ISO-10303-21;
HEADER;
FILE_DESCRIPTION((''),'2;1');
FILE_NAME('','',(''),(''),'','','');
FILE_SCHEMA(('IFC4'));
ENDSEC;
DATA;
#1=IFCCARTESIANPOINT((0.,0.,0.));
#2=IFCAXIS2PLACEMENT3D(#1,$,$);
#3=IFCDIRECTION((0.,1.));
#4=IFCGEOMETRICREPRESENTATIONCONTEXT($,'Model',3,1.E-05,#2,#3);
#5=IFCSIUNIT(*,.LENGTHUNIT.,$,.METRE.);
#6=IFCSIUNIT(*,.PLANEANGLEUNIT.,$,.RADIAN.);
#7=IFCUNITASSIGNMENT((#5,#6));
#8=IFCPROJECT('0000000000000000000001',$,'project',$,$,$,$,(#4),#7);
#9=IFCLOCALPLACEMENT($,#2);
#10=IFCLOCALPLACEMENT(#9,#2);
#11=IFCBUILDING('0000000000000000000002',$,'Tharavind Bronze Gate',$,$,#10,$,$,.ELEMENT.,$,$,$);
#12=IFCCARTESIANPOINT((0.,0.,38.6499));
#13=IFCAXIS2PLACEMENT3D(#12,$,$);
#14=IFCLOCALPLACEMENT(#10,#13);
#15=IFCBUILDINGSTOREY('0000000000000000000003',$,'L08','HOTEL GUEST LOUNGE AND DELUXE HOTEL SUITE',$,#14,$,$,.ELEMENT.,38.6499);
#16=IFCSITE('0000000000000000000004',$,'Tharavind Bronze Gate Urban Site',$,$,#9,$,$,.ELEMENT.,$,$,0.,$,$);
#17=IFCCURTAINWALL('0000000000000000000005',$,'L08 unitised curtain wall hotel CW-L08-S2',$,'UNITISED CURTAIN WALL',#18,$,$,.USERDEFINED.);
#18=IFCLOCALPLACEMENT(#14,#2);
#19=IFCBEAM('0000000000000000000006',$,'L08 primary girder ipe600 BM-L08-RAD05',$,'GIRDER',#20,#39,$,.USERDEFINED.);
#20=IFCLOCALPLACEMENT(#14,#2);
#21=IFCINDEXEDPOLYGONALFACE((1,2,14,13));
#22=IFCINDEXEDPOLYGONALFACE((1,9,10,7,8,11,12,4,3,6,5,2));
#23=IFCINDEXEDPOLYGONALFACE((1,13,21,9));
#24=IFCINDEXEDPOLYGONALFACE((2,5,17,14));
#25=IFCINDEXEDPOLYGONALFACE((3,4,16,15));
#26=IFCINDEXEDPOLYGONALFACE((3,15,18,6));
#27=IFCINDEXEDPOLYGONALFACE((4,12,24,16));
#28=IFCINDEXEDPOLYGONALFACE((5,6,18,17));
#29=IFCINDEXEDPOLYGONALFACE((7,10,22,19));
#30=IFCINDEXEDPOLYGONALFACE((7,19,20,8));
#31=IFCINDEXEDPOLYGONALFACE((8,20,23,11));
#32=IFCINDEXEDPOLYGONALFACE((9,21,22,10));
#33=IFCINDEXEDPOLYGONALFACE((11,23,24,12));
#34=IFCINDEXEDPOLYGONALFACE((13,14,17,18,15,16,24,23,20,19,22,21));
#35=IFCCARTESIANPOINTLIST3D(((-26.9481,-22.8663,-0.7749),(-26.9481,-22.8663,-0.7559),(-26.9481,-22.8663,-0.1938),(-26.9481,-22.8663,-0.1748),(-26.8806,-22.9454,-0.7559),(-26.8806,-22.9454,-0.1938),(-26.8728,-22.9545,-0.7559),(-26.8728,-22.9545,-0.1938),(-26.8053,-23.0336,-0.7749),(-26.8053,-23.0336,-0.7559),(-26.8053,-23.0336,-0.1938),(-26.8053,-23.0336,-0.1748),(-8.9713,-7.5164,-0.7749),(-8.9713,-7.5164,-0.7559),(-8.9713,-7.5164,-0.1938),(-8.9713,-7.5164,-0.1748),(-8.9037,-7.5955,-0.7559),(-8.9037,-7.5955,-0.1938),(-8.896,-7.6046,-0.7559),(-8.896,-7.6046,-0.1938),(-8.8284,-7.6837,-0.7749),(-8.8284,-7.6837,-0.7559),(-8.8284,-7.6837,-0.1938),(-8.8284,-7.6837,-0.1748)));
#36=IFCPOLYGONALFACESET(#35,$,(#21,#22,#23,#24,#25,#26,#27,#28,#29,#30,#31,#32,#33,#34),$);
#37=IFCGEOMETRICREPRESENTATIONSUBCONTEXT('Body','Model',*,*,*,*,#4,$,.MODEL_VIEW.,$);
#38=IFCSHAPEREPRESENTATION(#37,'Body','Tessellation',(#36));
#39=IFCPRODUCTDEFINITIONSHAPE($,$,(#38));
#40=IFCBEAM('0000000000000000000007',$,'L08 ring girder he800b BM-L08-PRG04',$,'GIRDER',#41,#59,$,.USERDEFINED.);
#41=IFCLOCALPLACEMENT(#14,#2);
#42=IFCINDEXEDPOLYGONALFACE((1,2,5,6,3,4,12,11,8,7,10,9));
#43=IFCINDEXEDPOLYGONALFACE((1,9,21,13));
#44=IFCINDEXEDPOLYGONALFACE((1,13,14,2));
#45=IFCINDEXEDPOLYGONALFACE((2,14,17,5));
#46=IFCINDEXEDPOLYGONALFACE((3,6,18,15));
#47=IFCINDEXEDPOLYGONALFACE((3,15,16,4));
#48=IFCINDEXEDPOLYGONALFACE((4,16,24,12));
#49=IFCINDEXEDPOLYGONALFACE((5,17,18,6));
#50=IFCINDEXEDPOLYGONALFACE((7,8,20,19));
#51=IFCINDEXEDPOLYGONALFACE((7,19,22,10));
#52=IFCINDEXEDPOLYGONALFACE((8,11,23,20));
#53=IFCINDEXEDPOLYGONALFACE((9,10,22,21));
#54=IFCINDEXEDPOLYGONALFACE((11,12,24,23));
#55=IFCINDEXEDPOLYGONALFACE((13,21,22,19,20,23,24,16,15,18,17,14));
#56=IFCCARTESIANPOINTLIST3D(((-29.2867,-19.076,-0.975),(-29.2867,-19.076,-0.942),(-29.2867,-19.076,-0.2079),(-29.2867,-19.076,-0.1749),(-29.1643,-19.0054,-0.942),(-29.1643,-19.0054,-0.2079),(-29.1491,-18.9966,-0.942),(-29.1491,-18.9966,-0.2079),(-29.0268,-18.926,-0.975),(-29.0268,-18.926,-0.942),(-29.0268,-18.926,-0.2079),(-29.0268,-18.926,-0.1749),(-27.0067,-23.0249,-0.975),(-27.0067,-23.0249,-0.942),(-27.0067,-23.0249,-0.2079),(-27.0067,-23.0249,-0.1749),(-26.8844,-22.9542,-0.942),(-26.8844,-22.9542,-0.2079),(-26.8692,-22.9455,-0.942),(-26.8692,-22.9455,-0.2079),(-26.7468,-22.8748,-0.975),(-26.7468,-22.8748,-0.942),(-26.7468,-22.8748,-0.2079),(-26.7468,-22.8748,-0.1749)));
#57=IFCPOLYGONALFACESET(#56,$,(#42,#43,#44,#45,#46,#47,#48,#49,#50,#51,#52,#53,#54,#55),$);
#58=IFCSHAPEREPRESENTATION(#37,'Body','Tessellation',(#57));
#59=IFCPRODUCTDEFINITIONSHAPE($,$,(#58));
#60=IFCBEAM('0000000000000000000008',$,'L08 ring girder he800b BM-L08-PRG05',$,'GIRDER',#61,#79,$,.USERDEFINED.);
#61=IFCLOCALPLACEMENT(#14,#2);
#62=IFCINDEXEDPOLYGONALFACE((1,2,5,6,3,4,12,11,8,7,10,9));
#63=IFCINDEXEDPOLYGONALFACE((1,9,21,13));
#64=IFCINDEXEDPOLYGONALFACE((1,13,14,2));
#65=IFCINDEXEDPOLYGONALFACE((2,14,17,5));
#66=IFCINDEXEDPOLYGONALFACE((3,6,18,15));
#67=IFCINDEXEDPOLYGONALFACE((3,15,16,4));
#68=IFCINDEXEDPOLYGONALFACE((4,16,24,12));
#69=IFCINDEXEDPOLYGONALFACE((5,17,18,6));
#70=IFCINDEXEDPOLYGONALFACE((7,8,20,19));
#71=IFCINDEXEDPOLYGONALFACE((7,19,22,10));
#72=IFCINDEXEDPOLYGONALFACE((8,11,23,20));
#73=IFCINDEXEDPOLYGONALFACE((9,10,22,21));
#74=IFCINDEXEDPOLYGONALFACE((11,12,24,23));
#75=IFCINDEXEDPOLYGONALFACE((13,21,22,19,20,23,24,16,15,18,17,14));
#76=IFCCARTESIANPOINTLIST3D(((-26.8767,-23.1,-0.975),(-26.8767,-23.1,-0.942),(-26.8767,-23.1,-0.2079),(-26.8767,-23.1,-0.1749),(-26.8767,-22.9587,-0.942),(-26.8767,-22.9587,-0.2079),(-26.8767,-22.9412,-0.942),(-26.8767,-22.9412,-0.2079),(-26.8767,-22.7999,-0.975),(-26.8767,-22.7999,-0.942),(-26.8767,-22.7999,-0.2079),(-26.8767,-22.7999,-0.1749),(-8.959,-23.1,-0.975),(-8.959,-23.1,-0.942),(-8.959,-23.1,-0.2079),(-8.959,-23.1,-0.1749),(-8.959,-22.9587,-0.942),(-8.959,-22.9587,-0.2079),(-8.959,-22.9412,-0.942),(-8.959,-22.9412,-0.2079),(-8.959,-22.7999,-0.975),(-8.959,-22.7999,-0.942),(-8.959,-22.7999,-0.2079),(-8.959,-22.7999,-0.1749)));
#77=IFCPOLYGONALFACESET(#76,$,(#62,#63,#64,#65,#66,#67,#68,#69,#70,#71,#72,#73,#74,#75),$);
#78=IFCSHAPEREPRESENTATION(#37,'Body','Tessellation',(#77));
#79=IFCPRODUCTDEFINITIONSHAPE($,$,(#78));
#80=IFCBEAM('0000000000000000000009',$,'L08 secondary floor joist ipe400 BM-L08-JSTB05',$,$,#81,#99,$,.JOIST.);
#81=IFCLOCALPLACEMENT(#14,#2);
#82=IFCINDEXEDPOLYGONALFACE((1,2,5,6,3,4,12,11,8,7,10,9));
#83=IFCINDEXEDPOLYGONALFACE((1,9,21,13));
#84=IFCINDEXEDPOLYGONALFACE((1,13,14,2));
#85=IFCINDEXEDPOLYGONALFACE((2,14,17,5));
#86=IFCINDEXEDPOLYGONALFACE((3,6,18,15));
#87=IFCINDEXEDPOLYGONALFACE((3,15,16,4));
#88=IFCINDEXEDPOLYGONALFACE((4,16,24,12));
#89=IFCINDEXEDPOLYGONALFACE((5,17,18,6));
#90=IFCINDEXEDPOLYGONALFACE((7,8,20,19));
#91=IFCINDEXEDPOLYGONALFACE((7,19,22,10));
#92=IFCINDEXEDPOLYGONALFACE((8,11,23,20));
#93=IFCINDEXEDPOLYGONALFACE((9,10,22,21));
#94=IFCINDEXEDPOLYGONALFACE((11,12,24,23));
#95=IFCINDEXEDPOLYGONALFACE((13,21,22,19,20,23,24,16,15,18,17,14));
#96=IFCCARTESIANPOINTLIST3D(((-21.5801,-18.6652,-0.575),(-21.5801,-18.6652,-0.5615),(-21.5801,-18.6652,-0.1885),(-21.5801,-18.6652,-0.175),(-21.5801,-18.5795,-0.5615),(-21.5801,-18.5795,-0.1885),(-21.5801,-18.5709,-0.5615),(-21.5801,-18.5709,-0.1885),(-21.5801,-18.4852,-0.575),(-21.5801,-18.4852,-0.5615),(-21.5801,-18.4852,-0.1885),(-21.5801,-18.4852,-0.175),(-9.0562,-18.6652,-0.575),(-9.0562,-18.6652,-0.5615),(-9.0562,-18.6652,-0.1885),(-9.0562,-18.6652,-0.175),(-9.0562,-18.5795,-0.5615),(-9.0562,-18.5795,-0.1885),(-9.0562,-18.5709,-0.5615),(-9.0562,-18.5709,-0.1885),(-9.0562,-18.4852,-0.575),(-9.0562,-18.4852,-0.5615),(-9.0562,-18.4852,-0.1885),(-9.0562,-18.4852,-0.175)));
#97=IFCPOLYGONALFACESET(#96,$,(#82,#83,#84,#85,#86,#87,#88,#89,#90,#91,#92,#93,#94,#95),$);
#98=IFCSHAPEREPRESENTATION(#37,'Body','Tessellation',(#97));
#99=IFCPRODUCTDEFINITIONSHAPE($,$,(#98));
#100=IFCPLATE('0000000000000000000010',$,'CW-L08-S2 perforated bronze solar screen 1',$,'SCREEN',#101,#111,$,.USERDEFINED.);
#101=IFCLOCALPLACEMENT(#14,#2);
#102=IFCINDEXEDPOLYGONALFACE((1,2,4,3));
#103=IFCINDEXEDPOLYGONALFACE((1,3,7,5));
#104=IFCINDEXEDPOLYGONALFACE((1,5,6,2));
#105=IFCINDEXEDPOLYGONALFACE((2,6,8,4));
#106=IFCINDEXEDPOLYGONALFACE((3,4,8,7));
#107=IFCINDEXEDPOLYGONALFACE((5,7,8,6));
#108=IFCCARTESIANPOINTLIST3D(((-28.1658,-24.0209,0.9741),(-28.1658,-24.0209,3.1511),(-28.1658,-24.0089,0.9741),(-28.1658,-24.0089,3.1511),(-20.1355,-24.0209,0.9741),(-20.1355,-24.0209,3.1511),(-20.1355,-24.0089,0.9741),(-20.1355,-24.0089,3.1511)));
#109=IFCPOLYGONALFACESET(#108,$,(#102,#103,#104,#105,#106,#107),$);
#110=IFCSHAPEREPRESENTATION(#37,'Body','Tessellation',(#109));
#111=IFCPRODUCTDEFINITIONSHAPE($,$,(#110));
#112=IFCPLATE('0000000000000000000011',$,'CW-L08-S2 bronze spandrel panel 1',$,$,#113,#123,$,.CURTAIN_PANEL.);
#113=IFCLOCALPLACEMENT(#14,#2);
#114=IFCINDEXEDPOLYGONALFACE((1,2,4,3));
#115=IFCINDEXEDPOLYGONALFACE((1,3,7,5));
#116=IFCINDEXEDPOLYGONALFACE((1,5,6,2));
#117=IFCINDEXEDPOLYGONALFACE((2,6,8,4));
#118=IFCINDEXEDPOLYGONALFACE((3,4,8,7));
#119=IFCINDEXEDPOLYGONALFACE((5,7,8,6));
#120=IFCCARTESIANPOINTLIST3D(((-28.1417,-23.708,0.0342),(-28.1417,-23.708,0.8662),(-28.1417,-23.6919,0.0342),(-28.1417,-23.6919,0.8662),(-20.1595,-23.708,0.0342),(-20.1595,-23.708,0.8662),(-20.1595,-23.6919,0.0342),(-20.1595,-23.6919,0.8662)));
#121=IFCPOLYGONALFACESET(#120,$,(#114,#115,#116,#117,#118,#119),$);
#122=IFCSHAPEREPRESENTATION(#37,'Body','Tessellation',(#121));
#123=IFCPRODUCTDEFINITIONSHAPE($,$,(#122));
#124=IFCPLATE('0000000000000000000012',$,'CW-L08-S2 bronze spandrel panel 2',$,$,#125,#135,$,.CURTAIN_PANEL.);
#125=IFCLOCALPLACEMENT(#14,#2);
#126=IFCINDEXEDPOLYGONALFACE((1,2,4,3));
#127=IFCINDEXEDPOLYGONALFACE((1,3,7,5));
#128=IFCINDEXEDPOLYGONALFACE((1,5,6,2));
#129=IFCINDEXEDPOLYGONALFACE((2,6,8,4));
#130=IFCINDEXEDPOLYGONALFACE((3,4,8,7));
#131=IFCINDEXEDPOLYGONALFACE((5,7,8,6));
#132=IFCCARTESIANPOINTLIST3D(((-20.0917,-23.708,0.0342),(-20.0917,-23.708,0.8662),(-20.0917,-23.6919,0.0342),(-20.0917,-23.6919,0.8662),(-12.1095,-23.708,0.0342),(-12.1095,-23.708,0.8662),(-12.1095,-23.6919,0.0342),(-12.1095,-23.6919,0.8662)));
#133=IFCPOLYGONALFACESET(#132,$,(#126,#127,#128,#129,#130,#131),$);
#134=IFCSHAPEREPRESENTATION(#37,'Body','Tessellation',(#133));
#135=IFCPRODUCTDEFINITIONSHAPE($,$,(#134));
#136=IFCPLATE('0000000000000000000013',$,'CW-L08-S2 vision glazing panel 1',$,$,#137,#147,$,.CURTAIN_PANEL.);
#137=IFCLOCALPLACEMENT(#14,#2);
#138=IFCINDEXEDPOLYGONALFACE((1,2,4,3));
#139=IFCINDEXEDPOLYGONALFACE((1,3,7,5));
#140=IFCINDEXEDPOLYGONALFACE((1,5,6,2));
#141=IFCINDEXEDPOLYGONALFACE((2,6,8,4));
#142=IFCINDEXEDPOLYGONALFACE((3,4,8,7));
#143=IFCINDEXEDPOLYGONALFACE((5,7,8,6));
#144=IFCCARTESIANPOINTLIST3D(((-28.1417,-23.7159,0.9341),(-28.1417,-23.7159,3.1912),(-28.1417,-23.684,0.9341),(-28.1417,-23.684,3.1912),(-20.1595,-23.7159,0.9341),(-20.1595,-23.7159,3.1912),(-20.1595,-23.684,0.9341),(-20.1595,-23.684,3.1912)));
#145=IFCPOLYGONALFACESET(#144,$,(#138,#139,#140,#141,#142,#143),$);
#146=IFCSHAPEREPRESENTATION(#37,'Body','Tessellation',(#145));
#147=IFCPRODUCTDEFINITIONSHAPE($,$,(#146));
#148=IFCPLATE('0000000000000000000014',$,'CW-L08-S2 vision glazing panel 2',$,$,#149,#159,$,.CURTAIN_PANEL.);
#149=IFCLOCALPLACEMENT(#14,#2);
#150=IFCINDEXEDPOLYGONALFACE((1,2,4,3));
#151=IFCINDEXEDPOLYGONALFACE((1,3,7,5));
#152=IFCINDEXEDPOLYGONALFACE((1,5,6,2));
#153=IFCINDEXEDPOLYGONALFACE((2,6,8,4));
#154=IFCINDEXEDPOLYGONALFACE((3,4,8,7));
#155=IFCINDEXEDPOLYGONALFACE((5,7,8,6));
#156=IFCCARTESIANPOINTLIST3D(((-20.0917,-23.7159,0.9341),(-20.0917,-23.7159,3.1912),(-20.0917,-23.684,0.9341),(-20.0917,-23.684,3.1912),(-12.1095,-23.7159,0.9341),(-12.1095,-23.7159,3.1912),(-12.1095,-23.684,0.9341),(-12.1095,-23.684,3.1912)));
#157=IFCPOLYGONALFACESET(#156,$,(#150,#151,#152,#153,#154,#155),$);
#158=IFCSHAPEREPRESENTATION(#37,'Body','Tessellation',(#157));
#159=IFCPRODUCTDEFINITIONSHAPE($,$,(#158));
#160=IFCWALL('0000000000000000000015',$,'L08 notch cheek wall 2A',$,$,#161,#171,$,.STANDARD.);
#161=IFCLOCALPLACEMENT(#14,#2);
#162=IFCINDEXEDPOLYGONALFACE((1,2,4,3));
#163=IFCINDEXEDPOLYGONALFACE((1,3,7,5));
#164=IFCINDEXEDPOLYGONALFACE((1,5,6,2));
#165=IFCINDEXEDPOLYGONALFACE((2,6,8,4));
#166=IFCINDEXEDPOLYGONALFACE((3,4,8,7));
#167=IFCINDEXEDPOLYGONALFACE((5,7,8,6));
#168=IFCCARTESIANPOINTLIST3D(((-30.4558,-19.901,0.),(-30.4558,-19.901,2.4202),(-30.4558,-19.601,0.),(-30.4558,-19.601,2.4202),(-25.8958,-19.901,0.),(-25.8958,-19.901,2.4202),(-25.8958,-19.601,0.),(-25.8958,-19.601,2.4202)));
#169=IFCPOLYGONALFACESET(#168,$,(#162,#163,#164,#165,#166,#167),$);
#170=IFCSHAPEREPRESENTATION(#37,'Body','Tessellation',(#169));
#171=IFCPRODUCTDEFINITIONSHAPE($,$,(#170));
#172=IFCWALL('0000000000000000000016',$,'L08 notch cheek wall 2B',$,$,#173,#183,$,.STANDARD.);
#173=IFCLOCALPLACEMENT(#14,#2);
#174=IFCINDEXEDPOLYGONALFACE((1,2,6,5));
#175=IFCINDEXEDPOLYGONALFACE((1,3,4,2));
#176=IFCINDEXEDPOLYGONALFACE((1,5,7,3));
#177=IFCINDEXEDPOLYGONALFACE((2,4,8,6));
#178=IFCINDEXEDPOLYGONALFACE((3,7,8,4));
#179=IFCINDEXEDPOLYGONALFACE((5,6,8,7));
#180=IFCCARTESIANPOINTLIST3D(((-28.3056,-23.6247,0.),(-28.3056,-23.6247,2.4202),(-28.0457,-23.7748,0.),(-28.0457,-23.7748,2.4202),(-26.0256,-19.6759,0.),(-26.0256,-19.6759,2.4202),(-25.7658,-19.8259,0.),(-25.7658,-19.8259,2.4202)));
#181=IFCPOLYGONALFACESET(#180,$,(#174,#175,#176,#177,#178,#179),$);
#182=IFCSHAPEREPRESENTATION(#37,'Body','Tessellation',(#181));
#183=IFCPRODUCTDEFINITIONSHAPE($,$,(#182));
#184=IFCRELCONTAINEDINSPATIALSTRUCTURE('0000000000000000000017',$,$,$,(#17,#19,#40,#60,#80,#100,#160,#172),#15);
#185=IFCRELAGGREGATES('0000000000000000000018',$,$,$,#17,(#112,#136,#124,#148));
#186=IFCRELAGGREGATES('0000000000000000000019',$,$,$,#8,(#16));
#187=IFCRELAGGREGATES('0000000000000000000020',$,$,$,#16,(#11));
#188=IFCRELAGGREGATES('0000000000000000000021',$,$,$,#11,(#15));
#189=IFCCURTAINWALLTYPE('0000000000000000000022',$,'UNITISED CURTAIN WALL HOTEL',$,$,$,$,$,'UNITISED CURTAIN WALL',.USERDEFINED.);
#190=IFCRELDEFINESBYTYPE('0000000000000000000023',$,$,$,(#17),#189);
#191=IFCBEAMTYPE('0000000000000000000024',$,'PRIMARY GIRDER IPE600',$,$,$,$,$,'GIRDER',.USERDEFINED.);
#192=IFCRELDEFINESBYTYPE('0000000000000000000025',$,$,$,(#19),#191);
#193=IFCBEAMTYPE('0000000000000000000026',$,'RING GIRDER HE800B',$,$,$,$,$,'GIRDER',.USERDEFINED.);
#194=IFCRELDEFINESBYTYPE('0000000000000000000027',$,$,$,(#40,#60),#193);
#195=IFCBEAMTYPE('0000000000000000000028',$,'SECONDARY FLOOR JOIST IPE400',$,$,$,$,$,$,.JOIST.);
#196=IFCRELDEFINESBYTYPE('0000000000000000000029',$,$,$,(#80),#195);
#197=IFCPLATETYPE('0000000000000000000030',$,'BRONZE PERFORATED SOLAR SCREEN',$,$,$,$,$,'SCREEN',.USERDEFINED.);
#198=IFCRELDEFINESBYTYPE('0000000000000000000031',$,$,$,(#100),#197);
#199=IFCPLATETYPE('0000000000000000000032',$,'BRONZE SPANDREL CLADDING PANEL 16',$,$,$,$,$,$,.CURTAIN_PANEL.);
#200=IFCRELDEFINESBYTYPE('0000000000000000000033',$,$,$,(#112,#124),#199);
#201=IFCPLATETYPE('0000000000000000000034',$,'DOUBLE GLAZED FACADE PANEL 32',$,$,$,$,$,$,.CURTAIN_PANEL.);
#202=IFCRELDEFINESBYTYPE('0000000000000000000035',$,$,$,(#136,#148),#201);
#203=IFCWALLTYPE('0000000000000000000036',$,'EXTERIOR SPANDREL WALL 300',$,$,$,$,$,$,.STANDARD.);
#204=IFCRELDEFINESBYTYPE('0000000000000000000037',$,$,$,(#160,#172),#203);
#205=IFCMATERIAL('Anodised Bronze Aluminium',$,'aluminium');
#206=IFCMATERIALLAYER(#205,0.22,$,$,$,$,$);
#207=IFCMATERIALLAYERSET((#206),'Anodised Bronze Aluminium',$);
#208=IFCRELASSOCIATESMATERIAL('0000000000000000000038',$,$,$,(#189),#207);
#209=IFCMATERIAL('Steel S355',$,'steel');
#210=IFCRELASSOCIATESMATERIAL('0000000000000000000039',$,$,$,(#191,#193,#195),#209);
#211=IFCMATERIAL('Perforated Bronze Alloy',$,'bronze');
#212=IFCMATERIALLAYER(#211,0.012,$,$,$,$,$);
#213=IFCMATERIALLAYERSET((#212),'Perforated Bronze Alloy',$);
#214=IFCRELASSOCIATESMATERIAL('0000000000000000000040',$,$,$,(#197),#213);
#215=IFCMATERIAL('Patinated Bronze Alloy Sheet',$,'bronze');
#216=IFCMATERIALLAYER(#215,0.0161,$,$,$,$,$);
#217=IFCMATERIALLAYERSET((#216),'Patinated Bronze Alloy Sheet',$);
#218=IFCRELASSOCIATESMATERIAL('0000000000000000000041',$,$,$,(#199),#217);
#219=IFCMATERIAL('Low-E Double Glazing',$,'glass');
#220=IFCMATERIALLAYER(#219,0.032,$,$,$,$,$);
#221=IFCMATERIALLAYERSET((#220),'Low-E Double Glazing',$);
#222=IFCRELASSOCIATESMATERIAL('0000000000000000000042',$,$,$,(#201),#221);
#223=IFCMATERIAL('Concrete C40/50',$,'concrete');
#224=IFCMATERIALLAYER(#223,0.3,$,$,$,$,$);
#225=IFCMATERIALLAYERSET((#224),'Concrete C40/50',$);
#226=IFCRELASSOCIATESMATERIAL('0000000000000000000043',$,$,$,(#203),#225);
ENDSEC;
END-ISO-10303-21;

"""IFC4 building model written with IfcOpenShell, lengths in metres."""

from ifc_helpers import new_model, si_unit, direction, frame, frame_2d, origin, origin_2d, place, context, subcontext, project, spatial, rectangle, i_section, extrude, material, layer, layer_set, material_profile, profile_set, type_object, element, aggregate, save


model = new_model("IFC4")

# Units and contexts
model_context = context("Model", 3, precision=1e-05, world=origin(), true_north=direction((0.0, 1.0)))
body_context = subcontext(model_context, "Body", "Model", "MODEL_VIEW")
ifc_project = project(units=[si_unit("LENGTHUNIT", "METRE"), si_unit("PLANEANGLEUNIT", "RADIAN")], contexts=[model_context])

# Site, building, storey
site_placement = place(None, origin())
site = spatial("IfcSite", under=ifc_project, at=site_placement, Name="Tharavind Bronze Gate Urban Site", CompositionType="ELEMENT", RefElevation=0.0)
building_placement = place(site_placement, origin())
building = spatial("IfcBuilding", under=site, at=building_placement, Name="Tharavind Bronze Gate", CompositionType="ELEMENT")
storey_placement = place(building_placement, frame((0.0, 0.0, 38.6499)))
storey = spatial("IfcBuildingStorey", under=building, at=storey_placement, Name="L08", Description="HOTEL GUEST LOUNGE AND DELUXE HOTEL SUITE", CompositionType="ELEMENT", Elevation=38.6499)

# Shared definitions
ifc_material_1 = material(Name="Anodised Bronze Aluminium", Category="aluminium")
ifc_layer_1 = layer(ifc_material_1, 0.22)
ifc_layer_set_1 = layer_set([ifc_layer_1], Name="Anodised Bronze Aluminium")
curtain_wall_type = type_object("IfcCurtainWallType", Name="UNITISED CURTAIN WALL HOTEL", ElementType="UNITISED CURTAIN WALL", PredefinedType="USERDEFINED", material=ifc_layer_set_1)

# Curtain wall
curtain_wall_1_placement = place(storey_placement, origin())
curtain_wall_1 = element("IfcCurtainWall", 1, at=curtain_wall_1_placement, inside=storey, type_object=curtain_wall_type, Name="L08 unitised curtain wall hotel CW-L08-S2", ObjectType="UNITISED CURTAIN WALL", PredefinedType="USERDEFINED")

# Beams
ifc_material_2 = material(Name="Steel S355", Category="steel")
ifc_material_profile_1 = material_profile(ifc_material_2, i_section(OverallWidth=0.22, OverallDepth=0.6001, WebThickness=0.012, FlangeThickness=0.019, at=origin_2d()), Name="IPE600")
ifc_profile_set_1 = profile_set([ifc_material_profile_1], Name="Steel S355")
beam_type_1 = type_object("IfcBeamType", Name="PRIMARY GIRDER IPE600", ElementType="GIRDER", PredefinedType="USERDEFINED", material=ifc_profile_set_1)
beam_1_placement = place(storey_placement, frame((-26.8767, -22.95, -0.4749), z_axis=(0.760485, 0.649355, 0.0), x_axis=(-0.649355, 0.760485, 0.0)))
element("IfcBeam", 2, at=beam_1_placement, inside=storey, type_object=beam_type_1, Name="L08 primary girder ipe600 BM-L08-RAD05", ObjectType="GIRDER", PredefinedType="USERDEFINED", context=body_context, shape_type="SweptSolid", body=[
    extrude(i_section(OverallWidth=0.22, OverallDepth=0.6001, WebThickness=0.012, FlangeThickness=0.019, at=origin_2d()), origin(), (0.0, 0.0, 1.0), 23.6387),
])
ifc_material_profile_2 = material_profile(ifc_material_2, i_section(OverallWidth=0.3, OverallDepth=0.8, WebThickness=0.0176, FlangeThickness=0.033, at=origin_2d()), Name="HE800B")
ifc_profile_set_2 = profile_set([ifc_material_profile_2], Name="Steel S355")
beam_type_2 = type_object("IfcBeamType", Name="RING GIRDER HE800B", ElementType="GIRDER", PredefinedType="USERDEFINED", material=ifc_profile_set_2)
beam_2_placement = place(storey_placement, frame((-29.1567, -19.001, -0.575), z_axis=(0.500014, -0.866017, 0.0), x_axis=(0.866017, 0.500014, 0.0)))
element("IfcBeam", 3, at=beam_2_placement, inside=storey, type_object=beam_type_2, Name="L08 ring girder he800b BM-L08-PRG04", ObjectType="GIRDER", PredefinedType="USERDEFINED", context=body_context, shape_type="SweptSolid", body=[
    extrude(i_section(OverallWidth=0.3, OverallDepth=0.8, WebThickness=0.0176, FlangeThickness=0.033, at=origin_2d()), origin(), (0.0, 0.0, 1.0), 4.5598),
])
beam_3_placement = place(storey_placement, frame((-26.8767, -22.95, -0.575), z_axis=(1.0, 0.0, 0.0), x_axis=(0.0, 1.0, 0.0)))
element("IfcBeam", 4, at=beam_3_placement, inside=storey, type_object=beam_type_2, Name="L08 ring girder he800b BM-L08-PRG05", ObjectType="GIRDER", PredefinedType="USERDEFINED", context=body_context, shape_type="SweptSolid", body=[
    extrude(i_section(OverallWidth=0.3, OverallDepth=0.8, WebThickness=0.0176, FlangeThickness=0.033, at=origin_2d()), origin(), (0.0, 0.0, 1.0), 17.9177),
])
ifc_material_profile_3 = material_profile(ifc_material_2, i_section(OverallWidth=0.1799, OverallDepth=0.3999, WebThickness=0.0085, FlangeThickness=0.0134, at=origin_2d()), Name="IPE400")
ifc_profile_set_3 = profile_set([ifc_material_profile_3], Name="Steel S355")
beam_type_3 = type_object("IfcBeamType", Name="SECONDARY FLOOR JOIST IPE400", PredefinedType="JOIST", material=ifc_profile_set_3)
beam_4_placement = place(storey_placement, frame((-21.5801, -18.5752, -0.375), z_axis=(1.0, 0.0, 0.0), x_axis=(0.0, 1.0, 0.0)))
element("IfcBeam", 5, at=beam_4_placement, inside=storey, type_object=beam_type_3, Name="L08 secondary floor joist ipe400 BM-L08-JSTB05", PredefinedType="JOIST", context=body_context, shape_type="SweptSolid", body=[
    extrude(i_section(OverallWidth=0.1799, OverallDepth=0.3999, WebThickness=0.0085, FlangeThickness=0.0134, at=origin_2d()), origin(), (0.0, 0.0, 1.0), 12.5239),
])

# Plates
ifc_material_3 = material(Name="Perforated Bronze Alloy", Category="bronze")
ifc_layer_2 = layer(ifc_material_3, 0.012)
ifc_layer_set_2 = layer_set([ifc_layer_2], Name="Perforated Bronze Alloy")
plate_type_1 = type_object("IfcPlateType", Name="BRONZE PERFORATED SOLAR SCREEN", ElementType="SCREEN", PredefinedType="USERDEFINED", material=ifc_layer_set_2)
plate_1_placement = place(storey_placement, frame((-24.1506, -24.0149, 0.9741), z_axis=(0.0, 0.0, 1.0), x_axis=(1.0, 0.0, 0.0)))
element("IfcPlate", 6, at=plate_1_placement, inside=storey, type_object=plate_type_1, Name="CW-L08-S2 perforated bronze solar screen 1", ObjectType="SCREEN", PredefinedType="USERDEFINED", context=body_context, shape_type="SweptSolid", body=[
    extrude(rectangle(XDim=8.0303, YDim=0.012, at=origin_2d()), origin(), (0.0, 0.0, 1.0), 2.177),
])
ifc_material_4 = material(Name="Patinated Bronze Alloy Sheet", Category="bronze")
ifc_layer_3 = layer(ifc_material_4, 0.0161)
ifc_layer_set_3 = layer_set([ifc_layer_3], Name="Patinated Bronze Alloy Sheet")
plate_type_2 = type_object("IfcPlateType", Name="BRONZE SPANDREL CLADDING PANEL 16", PredefinedType="CURTAIN_PANEL", material=ifc_layer_set_3)
plate_2_placement = place(storey_placement, frame((-24.1506, -23.7, 0.0342), z_axis=(0.0, 0.0, 1.0), x_axis=(1.0, 0.0, 0.0)))
plate_2 = element("IfcPlate", 7, at=plate_2_placement, type_object=plate_type_2, Name="CW-L08-S2 bronze spandrel panel 1", PredefinedType="CURTAIN_PANEL", context=body_context, shape_type="SweptSolid", body=[
    extrude(rectangle(XDim=7.9822, YDim=0.0161, at=origin_2d()), origin(), (0.0, 0.0, 1.0), 0.832),
])
plate_3_placement = place(storey_placement, frame((-16.1006, -23.7, 0.0342), z_axis=(0.0, 0.0, 1.0), x_axis=(1.0, 0.0, 0.0)))
plate_3 = element("IfcPlate", 8, at=plate_3_placement, type_object=plate_type_2, Name="CW-L08-S2 bronze spandrel panel 2", PredefinedType="CURTAIN_PANEL", context=body_context, shape_type="SweptSolid", body=[
    extrude(rectangle(XDim=7.9822, YDim=0.0161, at=origin_2d()), origin(), (0.0, 0.0, 1.0), 0.832),
])
ifc_material_5 = material(Name="Low-E Double Glazing", Category="glass")
ifc_layer_4 = layer(ifc_material_5, 0.032)
ifc_layer_set_4 = layer_set([ifc_layer_4], Name="Low-E Double Glazing")
plate_type_3 = type_object("IfcPlateType", Name="DOUBLE GLAZED FACADE PANEL 32", PredefinedType="CURTAIN_PANEL", material=ifc_layer_set_4)
plate_4_placement = place(storey_placement, frame((-24.1506, -23.7, 0.9341), z_axis=(0.0, 0.0, 1.0), x_axis=(1.0, 0.0, 0.0)))
plate_4 = element("IfcPlate", 9, at=plate_4_placement, type_object=plate_type_3, Name="CW-L08-S2 vision glazing panel 1", PredefinedType="CURTAIN_PANEL", context=body_context, shape_type="SweptSolid", body=[
    extrude(rectangle(XDim=7.9822, YDim=0.032, at=origin_2d()), origin(), (0.0, 0.0, 1.0), 2.2571),
])
plate_5_placement = place(storey_placement, frame((-16.1006, -23.7, 0.9341), z_axis=(0.0, 0.0, 1.0), x_axis=(1.0, 0.0, 0.0)))
plate_5 = element("IfcPlate", 10, at=plate_5_placement, type_object=plate_type_3, Name="CW-L08-S2 vision glazing panel 2", PredefinedType="CURTAIN_PANEL", context=body_context, shape_type="SweptSolid", body=[
    extrude(rectangle(XDim=7.9822, YDim=0.032, at=origin_2d()), origin(), (0.0, 0.0, 1.0), 2.2571),
])
aggregate(curtain_wall_1, [plate_2, plate_4, plate_3, plate_5])

# Walls
ifc_material_6 = material(Name="Concrete C40/50", Category="concrete")
ifc_layer_5 = layer(ifc_material_6, 0.3)
ifc_layer_set_5 = layer_set([ifc_layer_5], Name="Concrete C40/50")
wall_type = type_object("IfcWallType", Name="EXTERIOR SPANDREL WALL 300", PredefinedType="STANDARD", material=ifc_layer_set_5)
wall_1_placement = place(storey_placement, frame((-30.4558, -19.751, 0.0), z_axis=(0.0, 0.0, 1.0), x_axis=(1.0, 0.0, 0.0)))
element("IfcWall", 11, at=wall_1_placement, inside=storey, type_object=wall_type, Name="L08 notch cheek wall 2A", PredefinedType="STANDARD", context=body_context, shape_type="SweptSolid", body=[
    extrude(rectangle(XDim=4.5601, YDim=0.3, at=frame_2d((2.28, 0.0))), origin(), (0.0, 0.0, 1.0), 2.4202),
])
wall_2_placement = place(storey_placement, frame((-25.8958, -19.751, 0.0), z_axis=(0.0, 0.0, 1.0), x_axis=(-0.500014, -0.866017, 0.0)))
element("IfcWall", 12, at=wall_2_placement, inside=storey, type_object=wall_type, Name="L08 notch cheek wall 2B", PredefinedType="STANDARD", context=body_context, shape_type="SweptSolid", body=[
    extrude(rectangle(XDim=4.5598, YDim=0.3, at=frame_2d((2.2798, 0.0))), origin(), (0.0, 0.0, 1.0), 2.4202),
])

save(model, "model.ifc")
